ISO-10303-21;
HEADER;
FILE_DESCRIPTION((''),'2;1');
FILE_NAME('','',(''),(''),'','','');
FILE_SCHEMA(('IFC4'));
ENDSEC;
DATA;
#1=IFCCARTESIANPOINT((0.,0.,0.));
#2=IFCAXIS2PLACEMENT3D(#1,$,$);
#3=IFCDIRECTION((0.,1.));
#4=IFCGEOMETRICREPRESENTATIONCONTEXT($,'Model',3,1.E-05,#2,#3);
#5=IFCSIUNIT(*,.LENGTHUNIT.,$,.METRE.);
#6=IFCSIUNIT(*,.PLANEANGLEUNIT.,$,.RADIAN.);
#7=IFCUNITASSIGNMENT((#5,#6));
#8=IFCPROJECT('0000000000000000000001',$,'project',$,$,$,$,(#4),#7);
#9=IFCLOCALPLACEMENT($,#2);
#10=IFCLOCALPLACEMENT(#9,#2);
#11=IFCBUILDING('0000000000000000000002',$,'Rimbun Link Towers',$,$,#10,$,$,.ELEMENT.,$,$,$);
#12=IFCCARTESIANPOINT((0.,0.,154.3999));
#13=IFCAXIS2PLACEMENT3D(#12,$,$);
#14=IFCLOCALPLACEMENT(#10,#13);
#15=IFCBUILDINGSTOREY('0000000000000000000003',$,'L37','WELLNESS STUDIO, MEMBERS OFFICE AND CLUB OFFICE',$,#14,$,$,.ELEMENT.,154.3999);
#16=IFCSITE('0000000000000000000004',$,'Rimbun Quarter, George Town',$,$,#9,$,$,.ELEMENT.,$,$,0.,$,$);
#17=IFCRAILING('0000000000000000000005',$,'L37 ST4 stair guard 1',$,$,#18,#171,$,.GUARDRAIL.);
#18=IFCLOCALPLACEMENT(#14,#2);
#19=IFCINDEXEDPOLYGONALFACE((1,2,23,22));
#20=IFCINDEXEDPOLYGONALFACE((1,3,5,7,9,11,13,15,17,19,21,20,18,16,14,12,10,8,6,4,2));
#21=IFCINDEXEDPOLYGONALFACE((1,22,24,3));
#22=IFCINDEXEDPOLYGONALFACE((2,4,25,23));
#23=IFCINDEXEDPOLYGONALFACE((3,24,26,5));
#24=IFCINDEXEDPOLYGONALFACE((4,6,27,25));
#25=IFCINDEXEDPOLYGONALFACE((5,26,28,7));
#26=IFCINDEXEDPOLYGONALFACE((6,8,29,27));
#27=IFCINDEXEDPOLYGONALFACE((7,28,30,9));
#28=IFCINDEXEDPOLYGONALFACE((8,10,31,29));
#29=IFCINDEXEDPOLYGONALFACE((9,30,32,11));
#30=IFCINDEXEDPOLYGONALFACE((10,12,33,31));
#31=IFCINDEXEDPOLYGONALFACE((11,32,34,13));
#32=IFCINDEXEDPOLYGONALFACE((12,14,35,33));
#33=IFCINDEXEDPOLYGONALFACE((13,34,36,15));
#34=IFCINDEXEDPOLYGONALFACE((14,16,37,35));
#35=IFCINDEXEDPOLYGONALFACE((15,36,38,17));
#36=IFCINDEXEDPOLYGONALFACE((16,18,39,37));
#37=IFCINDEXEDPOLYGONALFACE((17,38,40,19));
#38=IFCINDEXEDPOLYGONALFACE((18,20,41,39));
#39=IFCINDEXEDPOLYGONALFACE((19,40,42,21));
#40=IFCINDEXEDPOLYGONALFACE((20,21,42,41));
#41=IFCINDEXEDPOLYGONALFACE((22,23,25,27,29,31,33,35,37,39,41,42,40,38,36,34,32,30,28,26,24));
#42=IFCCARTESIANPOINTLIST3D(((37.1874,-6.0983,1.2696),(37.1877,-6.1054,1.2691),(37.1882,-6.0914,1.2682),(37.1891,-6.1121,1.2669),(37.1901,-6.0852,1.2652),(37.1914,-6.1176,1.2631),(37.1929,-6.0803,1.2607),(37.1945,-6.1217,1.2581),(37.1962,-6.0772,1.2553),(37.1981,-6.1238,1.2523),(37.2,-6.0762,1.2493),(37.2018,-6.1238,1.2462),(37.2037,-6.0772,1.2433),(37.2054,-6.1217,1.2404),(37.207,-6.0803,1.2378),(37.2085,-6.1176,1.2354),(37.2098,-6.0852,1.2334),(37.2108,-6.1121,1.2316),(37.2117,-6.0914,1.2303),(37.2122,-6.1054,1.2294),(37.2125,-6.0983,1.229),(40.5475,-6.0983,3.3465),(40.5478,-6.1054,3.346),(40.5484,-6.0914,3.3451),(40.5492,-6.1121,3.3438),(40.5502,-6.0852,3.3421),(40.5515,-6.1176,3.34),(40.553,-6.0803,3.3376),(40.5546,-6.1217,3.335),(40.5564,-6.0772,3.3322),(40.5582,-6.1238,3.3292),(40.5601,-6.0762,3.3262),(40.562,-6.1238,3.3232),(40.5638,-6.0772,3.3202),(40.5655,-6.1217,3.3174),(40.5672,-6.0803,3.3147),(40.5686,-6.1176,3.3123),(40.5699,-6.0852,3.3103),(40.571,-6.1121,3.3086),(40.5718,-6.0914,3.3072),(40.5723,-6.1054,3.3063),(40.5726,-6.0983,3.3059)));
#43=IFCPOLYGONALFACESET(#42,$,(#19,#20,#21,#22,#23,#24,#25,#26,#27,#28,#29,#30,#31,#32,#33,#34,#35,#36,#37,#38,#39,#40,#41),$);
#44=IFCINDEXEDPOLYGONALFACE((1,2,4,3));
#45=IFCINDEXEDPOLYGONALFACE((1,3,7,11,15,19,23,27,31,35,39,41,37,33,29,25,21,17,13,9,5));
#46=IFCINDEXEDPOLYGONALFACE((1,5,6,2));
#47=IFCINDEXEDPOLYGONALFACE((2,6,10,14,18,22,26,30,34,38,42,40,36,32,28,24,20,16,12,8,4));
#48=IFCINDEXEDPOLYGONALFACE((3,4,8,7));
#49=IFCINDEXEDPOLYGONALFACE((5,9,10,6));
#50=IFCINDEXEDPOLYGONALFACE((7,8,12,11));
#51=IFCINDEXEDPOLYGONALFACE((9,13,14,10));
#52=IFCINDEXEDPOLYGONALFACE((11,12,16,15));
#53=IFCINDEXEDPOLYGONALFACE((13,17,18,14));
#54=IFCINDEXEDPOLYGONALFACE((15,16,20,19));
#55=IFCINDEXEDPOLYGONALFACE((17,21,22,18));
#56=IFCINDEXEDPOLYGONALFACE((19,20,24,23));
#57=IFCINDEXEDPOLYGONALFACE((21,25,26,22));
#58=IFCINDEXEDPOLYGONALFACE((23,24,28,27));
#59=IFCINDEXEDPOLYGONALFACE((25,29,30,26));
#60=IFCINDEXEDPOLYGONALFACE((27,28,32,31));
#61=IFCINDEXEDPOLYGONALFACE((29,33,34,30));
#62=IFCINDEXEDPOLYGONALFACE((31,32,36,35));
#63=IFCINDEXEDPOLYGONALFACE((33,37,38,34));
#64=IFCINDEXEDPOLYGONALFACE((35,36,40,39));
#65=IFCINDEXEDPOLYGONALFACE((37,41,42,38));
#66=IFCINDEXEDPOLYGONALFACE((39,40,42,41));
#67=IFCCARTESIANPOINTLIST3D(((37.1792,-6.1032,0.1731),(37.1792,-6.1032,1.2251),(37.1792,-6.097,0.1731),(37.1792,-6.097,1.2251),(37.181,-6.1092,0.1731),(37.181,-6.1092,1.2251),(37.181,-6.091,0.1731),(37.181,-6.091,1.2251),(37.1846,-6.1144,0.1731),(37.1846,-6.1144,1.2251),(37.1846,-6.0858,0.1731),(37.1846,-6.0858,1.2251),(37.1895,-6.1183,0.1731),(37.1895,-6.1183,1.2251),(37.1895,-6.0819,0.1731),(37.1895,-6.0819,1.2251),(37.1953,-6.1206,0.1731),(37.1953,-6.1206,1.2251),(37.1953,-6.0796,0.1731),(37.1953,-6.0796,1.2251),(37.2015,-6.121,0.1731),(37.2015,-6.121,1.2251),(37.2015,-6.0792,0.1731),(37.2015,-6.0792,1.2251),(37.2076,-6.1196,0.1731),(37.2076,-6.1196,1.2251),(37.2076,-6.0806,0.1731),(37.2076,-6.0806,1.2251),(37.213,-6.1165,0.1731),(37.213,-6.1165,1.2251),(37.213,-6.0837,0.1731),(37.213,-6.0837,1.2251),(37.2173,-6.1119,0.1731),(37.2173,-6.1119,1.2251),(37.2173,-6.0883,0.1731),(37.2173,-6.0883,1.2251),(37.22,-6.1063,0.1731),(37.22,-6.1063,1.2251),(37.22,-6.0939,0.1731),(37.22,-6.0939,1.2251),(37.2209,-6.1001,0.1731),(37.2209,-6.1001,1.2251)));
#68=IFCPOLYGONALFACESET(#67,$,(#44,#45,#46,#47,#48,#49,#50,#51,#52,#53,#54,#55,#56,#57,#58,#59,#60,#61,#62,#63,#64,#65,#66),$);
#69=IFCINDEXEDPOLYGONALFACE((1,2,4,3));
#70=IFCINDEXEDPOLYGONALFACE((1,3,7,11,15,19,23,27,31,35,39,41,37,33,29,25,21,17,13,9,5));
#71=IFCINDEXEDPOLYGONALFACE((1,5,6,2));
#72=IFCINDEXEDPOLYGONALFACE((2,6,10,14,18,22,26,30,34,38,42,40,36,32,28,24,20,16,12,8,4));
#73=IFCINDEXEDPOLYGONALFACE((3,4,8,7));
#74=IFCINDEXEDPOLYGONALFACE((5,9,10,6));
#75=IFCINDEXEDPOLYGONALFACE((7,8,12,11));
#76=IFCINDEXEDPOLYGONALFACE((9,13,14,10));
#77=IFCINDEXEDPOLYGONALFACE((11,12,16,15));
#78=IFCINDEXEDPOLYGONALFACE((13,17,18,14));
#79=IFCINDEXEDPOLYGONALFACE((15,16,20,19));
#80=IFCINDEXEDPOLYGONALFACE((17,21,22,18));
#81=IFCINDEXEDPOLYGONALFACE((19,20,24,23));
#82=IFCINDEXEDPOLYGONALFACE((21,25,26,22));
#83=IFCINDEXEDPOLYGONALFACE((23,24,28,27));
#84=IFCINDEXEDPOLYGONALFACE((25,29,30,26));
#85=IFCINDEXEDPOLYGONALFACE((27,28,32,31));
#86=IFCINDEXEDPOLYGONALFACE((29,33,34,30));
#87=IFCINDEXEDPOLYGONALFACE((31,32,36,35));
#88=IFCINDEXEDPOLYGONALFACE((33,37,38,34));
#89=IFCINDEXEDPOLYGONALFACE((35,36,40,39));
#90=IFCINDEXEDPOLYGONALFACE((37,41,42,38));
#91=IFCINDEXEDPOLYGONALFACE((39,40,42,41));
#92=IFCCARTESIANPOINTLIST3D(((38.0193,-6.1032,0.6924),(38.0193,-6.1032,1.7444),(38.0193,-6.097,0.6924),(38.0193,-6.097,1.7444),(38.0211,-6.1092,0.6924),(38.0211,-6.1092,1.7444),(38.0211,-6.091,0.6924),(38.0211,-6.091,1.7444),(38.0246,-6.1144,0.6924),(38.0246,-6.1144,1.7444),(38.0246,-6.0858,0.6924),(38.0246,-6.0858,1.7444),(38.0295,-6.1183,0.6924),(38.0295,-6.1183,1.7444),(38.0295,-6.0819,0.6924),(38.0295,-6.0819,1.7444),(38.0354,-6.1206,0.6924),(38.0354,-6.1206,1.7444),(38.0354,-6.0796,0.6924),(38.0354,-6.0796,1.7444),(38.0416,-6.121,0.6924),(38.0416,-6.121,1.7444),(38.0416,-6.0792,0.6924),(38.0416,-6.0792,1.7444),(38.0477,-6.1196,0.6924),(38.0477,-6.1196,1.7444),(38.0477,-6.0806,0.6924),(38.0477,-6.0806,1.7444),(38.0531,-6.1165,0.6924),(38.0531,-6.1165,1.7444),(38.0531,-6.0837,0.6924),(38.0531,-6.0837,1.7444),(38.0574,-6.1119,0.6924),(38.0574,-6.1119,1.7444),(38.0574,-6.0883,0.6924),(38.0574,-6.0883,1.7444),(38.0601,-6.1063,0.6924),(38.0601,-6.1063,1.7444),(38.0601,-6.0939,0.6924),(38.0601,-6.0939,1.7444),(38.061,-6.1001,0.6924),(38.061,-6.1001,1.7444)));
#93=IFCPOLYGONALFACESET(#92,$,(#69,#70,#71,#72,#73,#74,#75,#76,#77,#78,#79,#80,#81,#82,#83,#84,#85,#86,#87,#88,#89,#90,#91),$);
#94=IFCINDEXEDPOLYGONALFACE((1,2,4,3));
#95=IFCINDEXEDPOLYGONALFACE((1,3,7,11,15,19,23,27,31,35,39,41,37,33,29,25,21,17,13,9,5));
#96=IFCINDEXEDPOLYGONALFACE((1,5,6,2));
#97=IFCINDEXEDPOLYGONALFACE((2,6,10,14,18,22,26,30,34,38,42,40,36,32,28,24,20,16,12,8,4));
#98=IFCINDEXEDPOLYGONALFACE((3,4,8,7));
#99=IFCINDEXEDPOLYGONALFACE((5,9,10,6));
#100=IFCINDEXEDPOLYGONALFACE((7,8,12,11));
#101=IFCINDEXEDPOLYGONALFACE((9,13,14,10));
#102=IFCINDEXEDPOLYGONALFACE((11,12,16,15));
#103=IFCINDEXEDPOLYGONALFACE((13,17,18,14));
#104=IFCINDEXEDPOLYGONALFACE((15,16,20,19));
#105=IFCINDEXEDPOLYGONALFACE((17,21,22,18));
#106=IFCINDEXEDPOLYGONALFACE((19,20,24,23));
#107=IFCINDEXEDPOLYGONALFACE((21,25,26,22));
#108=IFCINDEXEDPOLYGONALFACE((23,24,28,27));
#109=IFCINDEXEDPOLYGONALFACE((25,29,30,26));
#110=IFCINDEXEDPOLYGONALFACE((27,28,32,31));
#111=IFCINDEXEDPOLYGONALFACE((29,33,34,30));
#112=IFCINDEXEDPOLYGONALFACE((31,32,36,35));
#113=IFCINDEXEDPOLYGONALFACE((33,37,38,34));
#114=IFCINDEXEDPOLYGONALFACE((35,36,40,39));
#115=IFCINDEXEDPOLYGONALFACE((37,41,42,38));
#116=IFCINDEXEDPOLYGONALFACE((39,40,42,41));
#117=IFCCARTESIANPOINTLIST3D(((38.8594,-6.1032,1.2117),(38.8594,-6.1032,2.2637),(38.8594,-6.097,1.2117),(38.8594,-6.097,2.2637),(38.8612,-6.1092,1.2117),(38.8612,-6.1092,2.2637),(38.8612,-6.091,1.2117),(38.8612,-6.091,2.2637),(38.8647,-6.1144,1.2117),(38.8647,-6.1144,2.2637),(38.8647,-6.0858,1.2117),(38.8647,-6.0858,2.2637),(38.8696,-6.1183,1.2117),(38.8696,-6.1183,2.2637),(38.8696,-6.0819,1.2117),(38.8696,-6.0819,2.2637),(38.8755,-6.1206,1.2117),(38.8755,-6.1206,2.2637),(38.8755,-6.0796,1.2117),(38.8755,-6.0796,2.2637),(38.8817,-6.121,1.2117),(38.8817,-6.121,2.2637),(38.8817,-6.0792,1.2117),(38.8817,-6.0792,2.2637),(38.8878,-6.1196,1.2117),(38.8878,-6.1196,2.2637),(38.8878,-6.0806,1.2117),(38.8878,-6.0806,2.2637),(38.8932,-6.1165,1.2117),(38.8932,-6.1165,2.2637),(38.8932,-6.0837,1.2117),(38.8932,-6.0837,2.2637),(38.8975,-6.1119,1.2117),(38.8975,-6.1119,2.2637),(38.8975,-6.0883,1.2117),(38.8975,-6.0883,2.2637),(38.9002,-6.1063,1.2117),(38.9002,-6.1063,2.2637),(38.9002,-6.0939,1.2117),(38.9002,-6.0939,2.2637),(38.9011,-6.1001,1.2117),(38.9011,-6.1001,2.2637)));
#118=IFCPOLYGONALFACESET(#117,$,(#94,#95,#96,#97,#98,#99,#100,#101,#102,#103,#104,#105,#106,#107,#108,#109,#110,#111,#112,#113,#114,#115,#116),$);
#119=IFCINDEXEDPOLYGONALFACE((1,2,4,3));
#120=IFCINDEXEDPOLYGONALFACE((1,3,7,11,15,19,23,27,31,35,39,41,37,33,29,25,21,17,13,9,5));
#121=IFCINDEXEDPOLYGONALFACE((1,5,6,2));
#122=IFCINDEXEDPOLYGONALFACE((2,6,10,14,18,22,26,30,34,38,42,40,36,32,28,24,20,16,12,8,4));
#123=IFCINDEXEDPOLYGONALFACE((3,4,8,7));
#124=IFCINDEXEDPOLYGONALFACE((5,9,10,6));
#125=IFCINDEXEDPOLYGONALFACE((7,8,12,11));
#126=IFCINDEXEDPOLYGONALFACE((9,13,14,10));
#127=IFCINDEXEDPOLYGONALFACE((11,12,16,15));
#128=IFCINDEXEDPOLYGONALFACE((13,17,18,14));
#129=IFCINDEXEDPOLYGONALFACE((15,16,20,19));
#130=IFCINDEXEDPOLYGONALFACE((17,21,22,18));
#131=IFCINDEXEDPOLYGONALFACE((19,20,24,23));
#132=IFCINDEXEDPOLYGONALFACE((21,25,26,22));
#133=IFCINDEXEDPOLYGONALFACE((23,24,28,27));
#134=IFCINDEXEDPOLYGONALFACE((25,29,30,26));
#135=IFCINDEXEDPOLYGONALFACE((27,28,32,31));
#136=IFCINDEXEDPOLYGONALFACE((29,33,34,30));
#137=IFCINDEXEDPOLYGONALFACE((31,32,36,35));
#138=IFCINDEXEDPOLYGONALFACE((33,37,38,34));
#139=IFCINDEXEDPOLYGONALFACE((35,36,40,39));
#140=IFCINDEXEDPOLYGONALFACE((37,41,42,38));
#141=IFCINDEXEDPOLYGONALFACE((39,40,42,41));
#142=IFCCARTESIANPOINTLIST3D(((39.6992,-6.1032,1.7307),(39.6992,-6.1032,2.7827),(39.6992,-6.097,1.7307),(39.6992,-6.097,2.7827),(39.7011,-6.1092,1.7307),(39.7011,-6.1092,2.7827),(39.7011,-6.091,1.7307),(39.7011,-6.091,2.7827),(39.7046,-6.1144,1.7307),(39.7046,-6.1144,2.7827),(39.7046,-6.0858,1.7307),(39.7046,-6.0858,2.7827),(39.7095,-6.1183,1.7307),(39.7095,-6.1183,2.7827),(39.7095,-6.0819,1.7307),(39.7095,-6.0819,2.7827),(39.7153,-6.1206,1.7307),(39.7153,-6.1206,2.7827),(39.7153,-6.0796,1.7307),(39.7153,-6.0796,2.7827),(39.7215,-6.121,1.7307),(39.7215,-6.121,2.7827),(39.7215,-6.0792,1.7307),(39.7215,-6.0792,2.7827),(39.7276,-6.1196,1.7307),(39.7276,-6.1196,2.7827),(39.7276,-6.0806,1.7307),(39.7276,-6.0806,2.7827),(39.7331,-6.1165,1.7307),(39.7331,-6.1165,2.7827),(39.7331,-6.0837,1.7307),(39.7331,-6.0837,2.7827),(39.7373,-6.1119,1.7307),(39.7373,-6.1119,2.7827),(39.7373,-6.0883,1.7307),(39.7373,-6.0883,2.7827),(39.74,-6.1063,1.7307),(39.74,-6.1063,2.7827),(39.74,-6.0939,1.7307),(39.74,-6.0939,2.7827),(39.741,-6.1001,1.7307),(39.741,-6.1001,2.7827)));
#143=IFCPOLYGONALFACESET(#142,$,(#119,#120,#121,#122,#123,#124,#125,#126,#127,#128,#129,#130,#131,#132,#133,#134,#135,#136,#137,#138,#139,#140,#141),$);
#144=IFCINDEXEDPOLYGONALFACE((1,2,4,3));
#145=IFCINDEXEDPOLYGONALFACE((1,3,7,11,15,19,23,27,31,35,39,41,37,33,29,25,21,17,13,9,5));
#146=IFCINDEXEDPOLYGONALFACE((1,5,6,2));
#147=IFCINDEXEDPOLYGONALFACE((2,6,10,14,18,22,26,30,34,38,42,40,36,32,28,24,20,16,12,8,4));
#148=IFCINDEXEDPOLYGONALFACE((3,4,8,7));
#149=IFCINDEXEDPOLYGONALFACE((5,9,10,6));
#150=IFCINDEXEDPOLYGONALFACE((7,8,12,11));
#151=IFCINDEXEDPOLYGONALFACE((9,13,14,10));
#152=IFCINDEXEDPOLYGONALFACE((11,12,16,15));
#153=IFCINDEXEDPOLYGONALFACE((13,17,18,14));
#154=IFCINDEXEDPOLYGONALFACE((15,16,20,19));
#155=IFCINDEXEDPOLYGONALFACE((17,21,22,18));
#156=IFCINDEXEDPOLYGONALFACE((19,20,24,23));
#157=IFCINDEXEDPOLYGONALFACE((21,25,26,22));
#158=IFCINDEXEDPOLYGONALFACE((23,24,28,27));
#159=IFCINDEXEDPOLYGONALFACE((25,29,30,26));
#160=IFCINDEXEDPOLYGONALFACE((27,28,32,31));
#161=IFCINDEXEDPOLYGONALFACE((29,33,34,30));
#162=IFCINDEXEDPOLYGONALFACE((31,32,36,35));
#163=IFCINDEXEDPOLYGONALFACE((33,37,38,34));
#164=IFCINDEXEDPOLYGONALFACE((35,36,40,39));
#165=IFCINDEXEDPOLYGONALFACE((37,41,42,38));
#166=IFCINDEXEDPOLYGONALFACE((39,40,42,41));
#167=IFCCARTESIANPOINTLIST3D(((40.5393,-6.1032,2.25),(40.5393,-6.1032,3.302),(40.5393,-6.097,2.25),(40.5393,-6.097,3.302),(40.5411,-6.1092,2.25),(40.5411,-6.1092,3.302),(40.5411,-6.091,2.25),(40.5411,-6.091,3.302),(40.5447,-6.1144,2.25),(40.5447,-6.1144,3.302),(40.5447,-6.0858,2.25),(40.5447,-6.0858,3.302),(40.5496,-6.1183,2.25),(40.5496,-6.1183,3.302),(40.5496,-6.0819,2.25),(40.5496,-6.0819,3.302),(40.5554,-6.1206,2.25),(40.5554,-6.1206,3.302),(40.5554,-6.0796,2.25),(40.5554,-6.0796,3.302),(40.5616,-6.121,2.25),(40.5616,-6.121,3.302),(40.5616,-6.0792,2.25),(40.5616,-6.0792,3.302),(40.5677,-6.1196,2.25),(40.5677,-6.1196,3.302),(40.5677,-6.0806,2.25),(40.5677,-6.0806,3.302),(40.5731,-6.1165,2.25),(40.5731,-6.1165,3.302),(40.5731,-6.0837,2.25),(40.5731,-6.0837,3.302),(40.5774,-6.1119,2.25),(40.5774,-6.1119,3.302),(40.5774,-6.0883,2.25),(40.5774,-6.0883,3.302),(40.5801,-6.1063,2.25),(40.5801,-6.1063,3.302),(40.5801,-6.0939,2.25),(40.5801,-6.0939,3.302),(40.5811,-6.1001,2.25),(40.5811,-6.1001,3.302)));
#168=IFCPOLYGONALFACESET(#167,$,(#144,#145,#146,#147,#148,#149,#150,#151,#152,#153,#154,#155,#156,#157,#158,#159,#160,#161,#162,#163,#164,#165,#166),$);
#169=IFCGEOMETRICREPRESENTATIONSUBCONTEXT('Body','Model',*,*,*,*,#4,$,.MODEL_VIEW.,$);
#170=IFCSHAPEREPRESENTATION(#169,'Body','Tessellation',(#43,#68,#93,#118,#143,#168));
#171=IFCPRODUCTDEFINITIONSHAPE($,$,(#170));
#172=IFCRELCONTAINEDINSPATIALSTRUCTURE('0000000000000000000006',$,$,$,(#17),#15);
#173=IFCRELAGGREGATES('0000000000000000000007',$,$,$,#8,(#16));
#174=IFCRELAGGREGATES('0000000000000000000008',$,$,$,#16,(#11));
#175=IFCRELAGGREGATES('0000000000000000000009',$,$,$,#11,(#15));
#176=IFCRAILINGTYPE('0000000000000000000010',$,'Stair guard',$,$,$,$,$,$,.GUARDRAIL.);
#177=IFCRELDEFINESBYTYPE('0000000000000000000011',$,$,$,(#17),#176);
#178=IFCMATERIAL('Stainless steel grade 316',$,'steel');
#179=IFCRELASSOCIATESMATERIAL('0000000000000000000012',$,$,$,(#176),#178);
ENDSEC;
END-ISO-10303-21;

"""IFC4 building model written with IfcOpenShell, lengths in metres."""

from ifc_helpers import new_model, si_unit, direction, frame, origin, origin_2d, place, context, subcontext, project, spatial, circle, extrude, material, type_object, element, save


model = new_model("IFC4")

# Units and contexts
model_context = context("Model", 3, precision=1e-05, world=origin(), true_north=direction((0.0, 1.0)))
body_context = subcontext(model_context, "Body", "Model", "MODEL_VIEW")
ifc_project = project(units=[si_unit("LENGTHUNIT", "METRE"), si_unit("PLANEANGLEUNIT", "RADIAN")], contexts=[model_context])

# Site, building, storey
site_placement = place(None, origin())
site = spatial("IfcSite", under=ifc_project, at=site_placement, Name="Rimbun Quarter, George Town", CompositionType="ELEMENT", RefElevation=0.0)
building_placement = place(site_placement, origin())
building = spatial("IfcBuilding", under=site, at=building_placement, Name="Rimbun Link Towers", CompositionType="ELEMENT")
storey_placement = place(building_placement, frame((0.0, 0.0, 154.3999)))
storey = spatial("IfcBuildingStorey", under=building, at=storey_placement, Name="L37", Description="WELLNESS STUDIO, MEMBERS OFFICE AND CLUB OFFICE", CompositionType="ELEMENT", Elevation=154.3999)

# Railing
ifc_material_1 = material(Name="Stainless steel grade 316", Category="steel")
railing_type_1 = type_object("IfcRailingType", Name="Stair guard", PredefinedType="GUARDRAIL", material=ifc_material_1)
railing_1_placement = place(storey_placement, frame((37.2, -6.1001, 0.1731)))
element("IfcRailing", 1, at=railing_1_placement, inside=storey, type_object=railing_type_1, Name="L37 ST4 stair guard 1", PredefinedType="GUARDRAIL", context=body_context, shape_type="SweptSolid", body=[
    extrude(circle(Radius=0.0239, at=origin_2d()), frame((0.0, 0.0, 1.0762), z_axis=(0.850623, 0.0, 0.525776), x_axis=(0.0, 1.0, 0.0)), (0.0, 0.0, 1.0), 3.9502),
    extrude(circle(Radius=0.021, at=origin_2d()), origin(), (0.0, 0.0, 1.0), 1.052),
    extrude(circle(Radius=0.021, at=origin_2d()), frame((0.8401, 0.0, 0.5193)), (0.0, 0.0, 1.0), 1.052),
    extrude(circle(Radius=0.021, at=origin_2d()), frame((1.6802, 0.0, 1.0386)), (0.0, 0.0, 1.0), 1.052),
    extrude(circle(Radius=0.021, at=origin_2d()), frame((2.52, 0.0, 1.5576)), (0.0, 0.0, 1.0), 1.052),
    extrude(circle(Radius=0.021, at=origin_2d()), frame((3.3601, 0.0, 2.0769)), (0.0, 0.0, 1.0), 1.052),
])

save(model, "model.ifc")
